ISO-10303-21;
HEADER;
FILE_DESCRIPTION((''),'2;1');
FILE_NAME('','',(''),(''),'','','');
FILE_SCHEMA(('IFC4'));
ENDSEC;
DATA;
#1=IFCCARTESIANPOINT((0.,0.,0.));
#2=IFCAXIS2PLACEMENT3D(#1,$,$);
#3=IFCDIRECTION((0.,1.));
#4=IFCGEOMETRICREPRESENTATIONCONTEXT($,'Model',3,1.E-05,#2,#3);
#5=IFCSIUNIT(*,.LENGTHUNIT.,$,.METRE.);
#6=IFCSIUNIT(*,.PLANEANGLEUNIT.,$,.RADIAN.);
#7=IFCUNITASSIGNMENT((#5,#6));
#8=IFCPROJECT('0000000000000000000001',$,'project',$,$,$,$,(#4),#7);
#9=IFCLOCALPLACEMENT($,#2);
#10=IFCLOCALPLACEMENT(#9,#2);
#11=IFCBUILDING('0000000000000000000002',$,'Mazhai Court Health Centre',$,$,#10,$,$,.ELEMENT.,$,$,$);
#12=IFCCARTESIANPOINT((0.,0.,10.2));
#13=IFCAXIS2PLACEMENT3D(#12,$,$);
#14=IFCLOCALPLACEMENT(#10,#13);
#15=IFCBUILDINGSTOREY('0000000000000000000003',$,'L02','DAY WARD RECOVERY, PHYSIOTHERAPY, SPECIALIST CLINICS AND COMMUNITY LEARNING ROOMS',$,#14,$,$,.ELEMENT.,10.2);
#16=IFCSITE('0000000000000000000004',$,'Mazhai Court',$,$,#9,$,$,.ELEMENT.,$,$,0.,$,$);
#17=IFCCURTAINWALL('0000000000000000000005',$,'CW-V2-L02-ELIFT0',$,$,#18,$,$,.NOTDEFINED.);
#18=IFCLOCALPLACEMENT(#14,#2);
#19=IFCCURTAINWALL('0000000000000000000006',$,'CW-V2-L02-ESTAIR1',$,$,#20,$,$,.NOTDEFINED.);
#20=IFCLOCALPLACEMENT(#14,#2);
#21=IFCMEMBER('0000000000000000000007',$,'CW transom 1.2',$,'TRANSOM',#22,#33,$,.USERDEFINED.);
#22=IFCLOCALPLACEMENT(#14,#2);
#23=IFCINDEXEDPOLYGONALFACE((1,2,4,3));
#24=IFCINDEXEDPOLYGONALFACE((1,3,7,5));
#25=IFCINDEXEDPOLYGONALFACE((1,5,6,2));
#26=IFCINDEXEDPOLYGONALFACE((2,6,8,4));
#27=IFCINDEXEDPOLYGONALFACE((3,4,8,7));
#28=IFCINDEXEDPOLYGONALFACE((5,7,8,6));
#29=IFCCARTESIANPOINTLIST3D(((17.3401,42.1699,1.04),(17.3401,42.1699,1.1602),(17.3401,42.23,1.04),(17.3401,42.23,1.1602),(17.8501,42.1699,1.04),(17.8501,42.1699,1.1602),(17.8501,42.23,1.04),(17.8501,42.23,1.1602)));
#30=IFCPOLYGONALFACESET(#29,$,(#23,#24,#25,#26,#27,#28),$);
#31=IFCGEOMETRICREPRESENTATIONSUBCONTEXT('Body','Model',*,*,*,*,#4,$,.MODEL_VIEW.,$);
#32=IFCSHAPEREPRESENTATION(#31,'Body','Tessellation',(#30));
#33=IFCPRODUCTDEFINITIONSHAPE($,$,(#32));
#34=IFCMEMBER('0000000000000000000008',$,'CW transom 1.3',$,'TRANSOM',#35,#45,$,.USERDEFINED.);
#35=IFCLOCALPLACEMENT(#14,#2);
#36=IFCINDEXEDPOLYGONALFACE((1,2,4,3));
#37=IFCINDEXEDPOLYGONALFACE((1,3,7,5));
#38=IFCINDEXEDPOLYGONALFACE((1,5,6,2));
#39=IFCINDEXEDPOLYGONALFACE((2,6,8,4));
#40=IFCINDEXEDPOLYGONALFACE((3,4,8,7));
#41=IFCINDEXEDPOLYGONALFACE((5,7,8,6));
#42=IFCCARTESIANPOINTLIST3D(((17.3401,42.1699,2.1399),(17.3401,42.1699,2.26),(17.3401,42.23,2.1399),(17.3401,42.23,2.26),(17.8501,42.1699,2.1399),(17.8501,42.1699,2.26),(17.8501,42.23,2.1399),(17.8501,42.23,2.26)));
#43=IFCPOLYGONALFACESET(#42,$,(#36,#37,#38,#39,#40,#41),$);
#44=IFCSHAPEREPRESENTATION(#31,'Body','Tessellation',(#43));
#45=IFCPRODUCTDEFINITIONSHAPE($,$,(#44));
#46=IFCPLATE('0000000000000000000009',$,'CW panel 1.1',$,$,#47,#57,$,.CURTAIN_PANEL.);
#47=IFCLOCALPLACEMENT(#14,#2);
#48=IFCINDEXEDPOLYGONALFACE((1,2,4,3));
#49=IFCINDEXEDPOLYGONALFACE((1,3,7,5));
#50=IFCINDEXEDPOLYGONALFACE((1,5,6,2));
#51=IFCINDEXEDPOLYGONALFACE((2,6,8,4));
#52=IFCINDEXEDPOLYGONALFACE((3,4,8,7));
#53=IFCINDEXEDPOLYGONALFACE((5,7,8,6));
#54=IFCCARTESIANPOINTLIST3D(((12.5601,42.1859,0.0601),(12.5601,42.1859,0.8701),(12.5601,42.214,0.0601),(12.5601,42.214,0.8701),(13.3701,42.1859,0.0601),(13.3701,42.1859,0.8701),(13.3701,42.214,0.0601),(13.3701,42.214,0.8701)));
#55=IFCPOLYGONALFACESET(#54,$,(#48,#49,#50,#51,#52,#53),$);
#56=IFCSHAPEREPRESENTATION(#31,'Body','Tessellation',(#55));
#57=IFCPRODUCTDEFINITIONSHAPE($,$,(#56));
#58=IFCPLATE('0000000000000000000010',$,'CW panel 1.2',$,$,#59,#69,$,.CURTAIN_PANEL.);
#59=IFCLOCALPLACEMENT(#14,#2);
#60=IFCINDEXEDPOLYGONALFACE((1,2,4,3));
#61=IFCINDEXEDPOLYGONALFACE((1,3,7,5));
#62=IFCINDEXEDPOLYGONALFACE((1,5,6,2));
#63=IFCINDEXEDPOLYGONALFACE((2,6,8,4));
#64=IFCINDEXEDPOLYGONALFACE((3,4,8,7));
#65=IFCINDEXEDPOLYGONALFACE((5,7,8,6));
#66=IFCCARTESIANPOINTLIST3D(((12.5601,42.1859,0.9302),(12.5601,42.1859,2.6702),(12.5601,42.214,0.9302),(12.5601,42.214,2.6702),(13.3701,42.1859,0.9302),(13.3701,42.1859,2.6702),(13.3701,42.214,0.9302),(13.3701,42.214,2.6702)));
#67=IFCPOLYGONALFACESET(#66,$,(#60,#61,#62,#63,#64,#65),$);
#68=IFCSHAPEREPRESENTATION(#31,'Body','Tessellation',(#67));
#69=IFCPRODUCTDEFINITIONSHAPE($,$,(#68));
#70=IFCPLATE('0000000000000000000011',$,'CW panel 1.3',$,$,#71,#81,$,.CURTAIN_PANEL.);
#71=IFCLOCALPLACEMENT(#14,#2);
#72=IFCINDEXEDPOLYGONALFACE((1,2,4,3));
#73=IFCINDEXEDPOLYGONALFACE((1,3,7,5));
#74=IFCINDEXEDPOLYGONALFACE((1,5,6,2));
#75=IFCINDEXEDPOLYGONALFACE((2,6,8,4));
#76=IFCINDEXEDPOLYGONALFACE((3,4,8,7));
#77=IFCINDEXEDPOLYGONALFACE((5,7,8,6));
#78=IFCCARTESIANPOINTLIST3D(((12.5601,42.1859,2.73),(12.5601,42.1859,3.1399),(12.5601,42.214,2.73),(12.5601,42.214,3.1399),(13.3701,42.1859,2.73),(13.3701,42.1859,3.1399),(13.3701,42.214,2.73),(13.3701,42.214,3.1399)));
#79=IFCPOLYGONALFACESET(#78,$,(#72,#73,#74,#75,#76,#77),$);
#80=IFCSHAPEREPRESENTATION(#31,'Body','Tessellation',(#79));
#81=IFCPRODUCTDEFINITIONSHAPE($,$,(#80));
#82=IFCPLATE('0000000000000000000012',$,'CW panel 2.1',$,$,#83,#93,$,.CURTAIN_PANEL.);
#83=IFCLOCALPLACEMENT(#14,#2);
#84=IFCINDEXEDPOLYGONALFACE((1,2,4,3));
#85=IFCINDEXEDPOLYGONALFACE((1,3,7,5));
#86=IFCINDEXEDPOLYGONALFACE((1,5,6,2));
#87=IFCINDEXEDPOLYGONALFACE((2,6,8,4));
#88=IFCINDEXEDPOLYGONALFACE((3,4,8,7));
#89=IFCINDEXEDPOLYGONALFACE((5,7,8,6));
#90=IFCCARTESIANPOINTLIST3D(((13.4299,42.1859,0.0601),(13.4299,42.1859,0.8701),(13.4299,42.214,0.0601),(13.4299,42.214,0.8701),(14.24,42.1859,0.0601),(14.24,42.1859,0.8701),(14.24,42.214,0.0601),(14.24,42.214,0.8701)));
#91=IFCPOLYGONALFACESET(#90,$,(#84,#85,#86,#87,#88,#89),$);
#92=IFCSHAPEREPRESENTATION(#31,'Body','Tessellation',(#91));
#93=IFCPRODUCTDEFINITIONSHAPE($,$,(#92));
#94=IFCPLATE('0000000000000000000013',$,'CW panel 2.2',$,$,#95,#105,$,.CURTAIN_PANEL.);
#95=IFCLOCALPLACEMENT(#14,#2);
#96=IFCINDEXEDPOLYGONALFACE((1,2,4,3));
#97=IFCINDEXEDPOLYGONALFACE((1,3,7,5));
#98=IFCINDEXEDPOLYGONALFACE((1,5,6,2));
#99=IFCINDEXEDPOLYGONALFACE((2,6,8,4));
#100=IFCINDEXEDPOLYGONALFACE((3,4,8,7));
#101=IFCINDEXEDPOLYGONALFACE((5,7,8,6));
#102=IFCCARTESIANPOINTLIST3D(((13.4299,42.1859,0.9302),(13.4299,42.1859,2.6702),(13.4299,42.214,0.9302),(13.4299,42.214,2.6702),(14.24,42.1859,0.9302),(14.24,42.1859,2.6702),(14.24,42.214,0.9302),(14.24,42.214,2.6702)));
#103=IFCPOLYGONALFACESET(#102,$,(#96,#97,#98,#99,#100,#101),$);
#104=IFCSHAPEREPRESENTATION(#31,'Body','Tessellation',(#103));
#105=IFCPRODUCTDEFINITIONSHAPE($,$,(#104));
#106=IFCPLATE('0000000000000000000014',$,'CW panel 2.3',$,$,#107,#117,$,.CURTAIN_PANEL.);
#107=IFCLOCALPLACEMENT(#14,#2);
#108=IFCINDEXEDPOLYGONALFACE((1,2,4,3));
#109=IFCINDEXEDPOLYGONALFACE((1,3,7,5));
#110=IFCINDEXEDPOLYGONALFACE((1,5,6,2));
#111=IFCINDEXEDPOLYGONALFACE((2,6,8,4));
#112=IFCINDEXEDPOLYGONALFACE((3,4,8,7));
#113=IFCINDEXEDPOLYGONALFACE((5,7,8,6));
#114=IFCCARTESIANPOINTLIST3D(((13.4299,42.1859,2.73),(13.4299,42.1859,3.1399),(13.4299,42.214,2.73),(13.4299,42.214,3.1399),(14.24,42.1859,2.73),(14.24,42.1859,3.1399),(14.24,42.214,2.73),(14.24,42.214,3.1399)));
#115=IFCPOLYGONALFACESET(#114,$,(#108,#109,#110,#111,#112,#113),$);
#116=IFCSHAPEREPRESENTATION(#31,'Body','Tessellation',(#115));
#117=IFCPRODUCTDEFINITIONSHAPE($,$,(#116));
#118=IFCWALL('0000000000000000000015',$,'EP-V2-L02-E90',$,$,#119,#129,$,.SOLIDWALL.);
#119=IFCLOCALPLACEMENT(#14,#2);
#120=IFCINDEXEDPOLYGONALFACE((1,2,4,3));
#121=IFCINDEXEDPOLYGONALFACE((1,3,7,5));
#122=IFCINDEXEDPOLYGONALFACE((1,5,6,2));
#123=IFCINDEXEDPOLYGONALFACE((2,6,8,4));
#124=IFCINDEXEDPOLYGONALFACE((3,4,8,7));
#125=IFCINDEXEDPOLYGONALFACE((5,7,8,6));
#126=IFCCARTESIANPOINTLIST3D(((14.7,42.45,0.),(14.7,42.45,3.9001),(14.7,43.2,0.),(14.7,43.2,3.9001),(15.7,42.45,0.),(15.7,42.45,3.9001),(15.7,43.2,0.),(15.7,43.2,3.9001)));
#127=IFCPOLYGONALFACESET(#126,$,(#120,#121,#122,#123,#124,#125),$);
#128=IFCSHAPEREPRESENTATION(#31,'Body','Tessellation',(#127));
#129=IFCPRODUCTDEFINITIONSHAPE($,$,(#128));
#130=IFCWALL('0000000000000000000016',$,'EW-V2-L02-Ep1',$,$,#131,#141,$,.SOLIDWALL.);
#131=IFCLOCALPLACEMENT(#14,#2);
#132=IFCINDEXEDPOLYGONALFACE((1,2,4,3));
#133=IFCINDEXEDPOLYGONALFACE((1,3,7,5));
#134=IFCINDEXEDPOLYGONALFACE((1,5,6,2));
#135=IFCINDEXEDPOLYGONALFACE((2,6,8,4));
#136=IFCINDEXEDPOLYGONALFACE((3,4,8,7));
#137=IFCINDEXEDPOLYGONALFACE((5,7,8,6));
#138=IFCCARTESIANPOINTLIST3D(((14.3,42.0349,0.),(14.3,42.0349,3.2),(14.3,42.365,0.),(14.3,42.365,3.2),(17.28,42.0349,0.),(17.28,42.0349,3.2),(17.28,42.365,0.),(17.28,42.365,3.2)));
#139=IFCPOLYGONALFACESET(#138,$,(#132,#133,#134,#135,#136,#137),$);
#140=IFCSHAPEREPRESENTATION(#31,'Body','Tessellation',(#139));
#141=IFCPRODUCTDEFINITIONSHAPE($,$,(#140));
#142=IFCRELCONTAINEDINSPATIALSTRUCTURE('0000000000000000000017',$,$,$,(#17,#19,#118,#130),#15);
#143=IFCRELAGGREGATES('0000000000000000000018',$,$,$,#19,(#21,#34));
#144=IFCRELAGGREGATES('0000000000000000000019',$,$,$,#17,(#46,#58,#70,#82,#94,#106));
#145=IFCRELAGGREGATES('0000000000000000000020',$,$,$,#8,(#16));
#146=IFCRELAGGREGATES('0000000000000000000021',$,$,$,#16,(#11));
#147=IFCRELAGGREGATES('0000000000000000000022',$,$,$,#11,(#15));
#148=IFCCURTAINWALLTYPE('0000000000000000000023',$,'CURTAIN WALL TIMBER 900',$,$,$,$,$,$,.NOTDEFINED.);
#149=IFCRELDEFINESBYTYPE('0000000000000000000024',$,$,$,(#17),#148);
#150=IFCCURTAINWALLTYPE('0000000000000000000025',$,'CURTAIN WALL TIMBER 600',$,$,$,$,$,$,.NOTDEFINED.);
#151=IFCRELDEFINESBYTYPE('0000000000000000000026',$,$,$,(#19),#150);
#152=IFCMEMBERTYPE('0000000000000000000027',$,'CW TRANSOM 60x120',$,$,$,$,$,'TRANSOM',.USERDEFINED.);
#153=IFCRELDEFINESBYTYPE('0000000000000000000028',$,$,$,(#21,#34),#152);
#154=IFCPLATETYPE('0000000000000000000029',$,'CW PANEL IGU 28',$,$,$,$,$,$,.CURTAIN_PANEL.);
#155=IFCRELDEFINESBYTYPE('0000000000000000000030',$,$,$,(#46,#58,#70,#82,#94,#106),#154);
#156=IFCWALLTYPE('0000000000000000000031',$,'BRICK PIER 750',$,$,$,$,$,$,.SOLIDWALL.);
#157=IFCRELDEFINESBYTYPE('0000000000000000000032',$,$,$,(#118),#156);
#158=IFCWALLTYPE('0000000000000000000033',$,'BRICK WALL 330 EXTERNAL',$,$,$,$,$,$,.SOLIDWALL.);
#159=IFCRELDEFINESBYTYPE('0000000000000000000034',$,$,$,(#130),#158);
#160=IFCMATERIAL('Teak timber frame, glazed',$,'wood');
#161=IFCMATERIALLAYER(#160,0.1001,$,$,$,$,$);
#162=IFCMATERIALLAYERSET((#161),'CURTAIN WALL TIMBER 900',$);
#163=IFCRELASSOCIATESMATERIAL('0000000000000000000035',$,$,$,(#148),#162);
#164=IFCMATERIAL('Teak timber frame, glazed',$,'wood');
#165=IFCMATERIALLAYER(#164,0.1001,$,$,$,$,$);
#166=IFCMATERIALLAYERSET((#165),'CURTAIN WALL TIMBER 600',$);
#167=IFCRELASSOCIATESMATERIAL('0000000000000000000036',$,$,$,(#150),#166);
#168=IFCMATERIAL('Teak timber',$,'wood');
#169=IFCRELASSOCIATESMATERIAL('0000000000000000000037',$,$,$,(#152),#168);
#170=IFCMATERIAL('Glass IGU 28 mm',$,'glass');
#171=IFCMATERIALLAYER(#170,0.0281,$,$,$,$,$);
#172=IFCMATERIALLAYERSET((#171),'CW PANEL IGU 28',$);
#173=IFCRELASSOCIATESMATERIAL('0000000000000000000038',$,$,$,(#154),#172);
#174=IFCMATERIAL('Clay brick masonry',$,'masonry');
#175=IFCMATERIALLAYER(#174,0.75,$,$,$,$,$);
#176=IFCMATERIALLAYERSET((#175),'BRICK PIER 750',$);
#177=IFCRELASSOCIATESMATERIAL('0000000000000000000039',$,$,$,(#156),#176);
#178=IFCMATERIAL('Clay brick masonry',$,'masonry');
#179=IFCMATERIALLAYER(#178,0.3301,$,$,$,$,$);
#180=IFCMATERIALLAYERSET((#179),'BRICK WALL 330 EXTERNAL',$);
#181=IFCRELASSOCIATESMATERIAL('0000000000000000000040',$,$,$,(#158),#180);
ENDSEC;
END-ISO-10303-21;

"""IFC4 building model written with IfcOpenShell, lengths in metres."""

from ifc_helpers import new_model, si_unit, direction, frame, frame_2d, origin, origin_2d, place, context, subcontext, project, spatial, rectangle, extrude, material, layer, layer_set, material_profile, profile_set, type_object, element, aggregate, save


model = new_model("IFC4")

# Units and contexts
model_context = context("Model", 3, precision=1e-05, world=origin(), true_north=direction((0.0, 1.0)))
body_context = subcontext(model_context, "Body", "Model", "MODEL_VIEW")
ifc_project = project(units=[si_unit("LENGTHUNIT", "METRE"), si_unit("PLANEANGLEUNIT", "RADIAN")], contexts=[model_context])

# Site, building, storey
site_placement = place(None, origin())
site = spatial("IfcSite", under=ifc_project, at=site_placement, Name="Mazhai Court", CompositionType="ELEMENT", RefElevation=0.0)
building_placement = place(site_placement, origin())
building = spatial("IfcBuilding", under=site, at=building_placement, Name="Mazhai Court Health Centre", CompositionType="ELEMENT")
storey_placement = place(building_placement, frame((0.0, 0.0, 10.2)))
storey = spatial("IfcBuildingStorey", under=building, at=storey_placement, Name="L02", Description="DAY WARD RECOVERY, PHYSIOTHERAPY, SPECIALIST CLINICS AND COMMUNITY LEARNING ROOMS", CompositionType="ELEMENT", Elevation=10.2)

# Curtain wall
ifc_material_1 = material(Name="Teak timber frame, glazed", Category="wood")
ifc_layer_1 = layer(ifc_material_1, 0.1001)
ifc_layer_set_1 = layer_set([ifc_layer_1], Name="CURTAIN WALL TIMBER 900")
curtain_wall_type_1 = type_object("IfcCurtainWallType", Name="CURTAIN WALL TIMBER 900", PredefinedType="NOTDEFINED", material=ifc_layer_set_1)
curtain_wall_1_placement = place(storey_placement, origin())
curtain_wall_1 = element("IfcCurtainWall", 1, at=curtain_wall_1_placement, inside=storey, type_object=curtain_wall_type_1, Name="CW-V2-L02-ELIFT0", PredefinedType="NOTDEFINED")

# Curtain wall
ifc_material_2 = material(Name="Teak timber frame, glazed", Category="wood")
ifc_layer_2 = layer(ifc_material_2, 0.1001)
ifc_layer_set_2 = layer_set([ifc_layer_2], Name="CURTAIN WALL TIMBER 600")
curtain_wall_type_2 = type_object("IfcCurtainWallType", Name="CURTAIN WALL TIMBER 600", PredefinedType="NOTDEFINED", material=ifc_layer_set_2)
curtain_wall_2_placement = place(storey_placement, origin())
curtain_wall_2 = element("IfcCurtainWall", 2, at=curtain_wall_2_placement, inside=storey, type_object=curtain_wall_type_2, Name="CW-V2-L02-ESTAIR1", PredefinedType="NOTDEFINED")

# Members
ifc_material_3 = material(Name="Teak timber", Category="wood")
ifc_material_profile_1 = material_profile(ifc_material_3, rectangle(XDim=0.0601, YDim=0.1201, at=origin_2d()), Name="CW TRANSOM 60x120")
ifc_profile_set_1 = profile_set([ifc_material_profile_1], Name="Teak timber")
member_type_1 = type_object("IfcMemberType", Name="CW TRANSOM 60x120", ElementType="TRANSOM", PredefinedType="USERDEFINED", material=ifc_profile_set_1)
member_1_placement = place(storey_placement, frame((17.3401, 42.2, 1.1001), z_axis=(1.0, 0.0, 0.0), x_axis=(0.0, 1.0, 0.0)))
member_1 = element("IfcMember", 3, at=member_1_placement, type_object=member_type_1, Name="CW transom 1.2", ObjectType="TRANSOM", PredefinedType="USERDEFINED", context=body_context, shape_type="SweptSolid", body=[
    extrude(rectangle(XDim=0.0601, YDim=0.1201, at=origin_2d()), origin(), (0.0, 0.0, 1.0), 0.51),
])
member_2_placement = place(storey_placement, frame((17.3401, 42.2, 2.2), z_axis=(1.0, 0.0, 0.0), x_axis=(0.0, 1.0, 0.0)))
member_2 = element("IfcMember", 4, at=member_2_placement, type_object=member_type_1, Name="CW transom 1.3", ObjectType="TRANSOM", PredefinedType="USERDEFINED", context=body_context, shape_type="SweptSolid", body=[
    extrude(rectangle(XDim=0.0601, YDim=0.1201, at=origin_2d()), origin(), (0.0, 0.0, 1.0), 0.51),
])
aggregate(curtain_wall_2, [member_1, member_2])

# Plates
ifc_material_4 = material(Name="Glass IGU 28 mm", Category="glass")
ifc_layer_3 = layer(ifc_material_4, 0.0281)
ifc_layer_set_3 = layer_set([ifc_layer_3], Name="CW PANEL IGU 28")
plate_type = type_object("IfcPlateType", Name="CW PANEL IGU 28", PredefinedType="CURTAIN_PANEL", material=ifc_layer_set_3)
plate_1_placement = place(storey_placement, frame((12.9651, 42.2, 0.0601), z_axis=(0.0, 0.0, 1.0), x_axis=(1.0, 0.0, 0.0)))
plate_1 = element("IfcPlate", 5, at=plate_1_placement, type_object=plate_type, Name="CW panel 1.1", PredefinedType="CURTAIN_PANEL", context=body_context, shape_type="SweptSolid", body=[
    extrude(rectangle(XDim=0.8101, YDim=0.0281, at=origin_2d()), origin(), (0.0, 0.0, 1.0), 0.8101),
])
plate_2_placement = place(storey_placement, frame((12.9651, 42.2, 0.9302), z_axis=(0.0, 0.0, 1.0), x_axis=(1.0, 0.0, 0.0)))
plate_2 = element("IfcPlate", 6, at=plate_2_placement, type_object=plate_type, Name="CW panel 1.2", PredefinedType="CURTAIN_PANEL", context=body_context, shape_type="SweptSolid", body=[
    extrude(rectangle(XDim=0.8101, YDim=0.0281, at=origin_2d()), origin(), (0.0, 0.0, 1.0), 1.74),
])
plate_3_placement = place(storey_placement, frame((12.9651, 42.2, 2.73), z_axis=(0.0, 0.0, 1.0), x_axis=(1.0, 0.0, 0.0)))
plate_3 = element("IfcPlate", 7, at=plate_3_placement, type_object=plate_type, Name="CW panel 1.3", PredefinedType="CURTAIN_PANEL", context=body_context, shape_type="SweptSolid", body=[
    extrude(rectangle(XDim=0.8101, YDim=0.0281, at=origin_2d()), origin(), (0.0, 0.0, 1.0), 0.4099),
])
plate_4_placement = place(storey_placement, frame((13.835, 42.2, 0.0601), z_axis=(0.0, 0.0, 1.0), x_axis=(1.0, 0.0, 0.0)))
plate_4 = element("IfcPlate", 8, at=plate_4_placement, type_object=plate_type, Name="CW panel 2.1", PredefinedType="CURTAIN_PANEL", context=body_context, shape_type="SweptSolid", body=[
    extrude(rectangle(XDim=0.8101, YDim=0.0281, at=origin_2d()), origin(), (0.0, 0.0, 1.0), 0.8101),
])
plate_5_placement = place(storey_placement, frame((13.835, 42.2, 0.9302), z_axis=(0.0, 0.0, 1.0), x_axis=(1.0, 0.0, 0.0)))
plate_5 = element("IfcPlate", 9, at=plate_5_placement, type_object=plate_type, Name="CW panel 2.2", PredefinedType="CURTAIN_PANEL", context=body_context, shape_type="SweptSolid", body=[
    extrude(rectangle(XDim=0.8101, YDim=0.0281, at=origin_2d()), origin(), (0.0, 0.0, 1.0), 1.74),
])
plate_6_placement = place(storey_placement, frame((13.835, 42.2, 2.73), z_axis=(0.0, 0.0, 1.0), x_axis=(1.0, 0.0, 0.0)))
plate_6 = element("IfcPlate", 10, at=plate_6_placement, type_object=plate_type, Name="CW panel 2.3", PredefinedType="CURTAIN_PANEL", context=body_context, shape_type="SweptSolid", body=[
    extrude(rectangle(XDim=0.8101, YDim=0.0281, at=origin_2d()), origin(), (0.0, 0.0, 1.0), 0.4099),
])
aggregate(curtain_wall_1, [plate_1, plate_2, plate_3, plate_4, plate_5, plate_6])

# Walls
ifc_material_5 = material(Name="Clay brick masonry", Category="masonry")
ifc_layer_4 = layer(ifc_material_5, 0.75)
ifc_layer_set_4 = layer_set([ifc_layer_4], Name="BRICK PIER 750")
wall_type_1 = type_object("IfcWallType", Name="BRICK PIER 750", PredefinedType="SOLIDWALL", material=ifc_layer_set_4)
wall_1_placement = place(storey_placement, frame((14.7, 42.825, 0.0), z_axis=(0.0, 0.0, 1.0), x_axis=(1.0, 0.0, 0.0)))
element("IfcWall", 11, at=wall_1_placement, inside=storey, type_object=wall_type_1, Name="EP-V2-L02-E90", PredefinedType="SOLIDWALL", context=body_context, shape_type="SweptSolid", body=[
    extrude(rectangle(XDim=1.0, YDim=0.75, at=frame_2d((0.5, 0.0))), origin(), (0.0, 0.0, 1.0), 3.9001),
])
ifc_material_6 = material(Name="Clay brick masonry", Category="masonry")
ifc_layer_5 = layer(ifc_material_6, 0.3301)
ifc_layer_set_5 = layer_set([ifc_layer_5], Name="BRICK WALL 330 EXTERNAL")
wall_type_2 = type_object("IfcWallType", Name="BRICK WALL 330 EXTERNAL", PredefinedType="SOLIDWALL", material=ifc_layer_set_5)
wall_2_placement = place(storey_placement, frame((14.3, 42.2, 0.0), z_axis=(0.0, 0.0, 1.0), x_axis=(1.0, 0.0, 0.0)))
element("IfcWall", 12, at=wall_2_placement, inside=storey, type_object=wall_type_2, Name="EW-V2-L02-Ep1", PredefinedType="SOLIDWALL", context=body_context, shape_type="SweptSolid", body=[
    extrude(rectangle(XDim=2.98, YDim=0.3301, at=frame_2d((1.49, 0.0))), origin(), (0.0, 0.0, 1.0), 3.2),
])

save(model, "model.ifc")
